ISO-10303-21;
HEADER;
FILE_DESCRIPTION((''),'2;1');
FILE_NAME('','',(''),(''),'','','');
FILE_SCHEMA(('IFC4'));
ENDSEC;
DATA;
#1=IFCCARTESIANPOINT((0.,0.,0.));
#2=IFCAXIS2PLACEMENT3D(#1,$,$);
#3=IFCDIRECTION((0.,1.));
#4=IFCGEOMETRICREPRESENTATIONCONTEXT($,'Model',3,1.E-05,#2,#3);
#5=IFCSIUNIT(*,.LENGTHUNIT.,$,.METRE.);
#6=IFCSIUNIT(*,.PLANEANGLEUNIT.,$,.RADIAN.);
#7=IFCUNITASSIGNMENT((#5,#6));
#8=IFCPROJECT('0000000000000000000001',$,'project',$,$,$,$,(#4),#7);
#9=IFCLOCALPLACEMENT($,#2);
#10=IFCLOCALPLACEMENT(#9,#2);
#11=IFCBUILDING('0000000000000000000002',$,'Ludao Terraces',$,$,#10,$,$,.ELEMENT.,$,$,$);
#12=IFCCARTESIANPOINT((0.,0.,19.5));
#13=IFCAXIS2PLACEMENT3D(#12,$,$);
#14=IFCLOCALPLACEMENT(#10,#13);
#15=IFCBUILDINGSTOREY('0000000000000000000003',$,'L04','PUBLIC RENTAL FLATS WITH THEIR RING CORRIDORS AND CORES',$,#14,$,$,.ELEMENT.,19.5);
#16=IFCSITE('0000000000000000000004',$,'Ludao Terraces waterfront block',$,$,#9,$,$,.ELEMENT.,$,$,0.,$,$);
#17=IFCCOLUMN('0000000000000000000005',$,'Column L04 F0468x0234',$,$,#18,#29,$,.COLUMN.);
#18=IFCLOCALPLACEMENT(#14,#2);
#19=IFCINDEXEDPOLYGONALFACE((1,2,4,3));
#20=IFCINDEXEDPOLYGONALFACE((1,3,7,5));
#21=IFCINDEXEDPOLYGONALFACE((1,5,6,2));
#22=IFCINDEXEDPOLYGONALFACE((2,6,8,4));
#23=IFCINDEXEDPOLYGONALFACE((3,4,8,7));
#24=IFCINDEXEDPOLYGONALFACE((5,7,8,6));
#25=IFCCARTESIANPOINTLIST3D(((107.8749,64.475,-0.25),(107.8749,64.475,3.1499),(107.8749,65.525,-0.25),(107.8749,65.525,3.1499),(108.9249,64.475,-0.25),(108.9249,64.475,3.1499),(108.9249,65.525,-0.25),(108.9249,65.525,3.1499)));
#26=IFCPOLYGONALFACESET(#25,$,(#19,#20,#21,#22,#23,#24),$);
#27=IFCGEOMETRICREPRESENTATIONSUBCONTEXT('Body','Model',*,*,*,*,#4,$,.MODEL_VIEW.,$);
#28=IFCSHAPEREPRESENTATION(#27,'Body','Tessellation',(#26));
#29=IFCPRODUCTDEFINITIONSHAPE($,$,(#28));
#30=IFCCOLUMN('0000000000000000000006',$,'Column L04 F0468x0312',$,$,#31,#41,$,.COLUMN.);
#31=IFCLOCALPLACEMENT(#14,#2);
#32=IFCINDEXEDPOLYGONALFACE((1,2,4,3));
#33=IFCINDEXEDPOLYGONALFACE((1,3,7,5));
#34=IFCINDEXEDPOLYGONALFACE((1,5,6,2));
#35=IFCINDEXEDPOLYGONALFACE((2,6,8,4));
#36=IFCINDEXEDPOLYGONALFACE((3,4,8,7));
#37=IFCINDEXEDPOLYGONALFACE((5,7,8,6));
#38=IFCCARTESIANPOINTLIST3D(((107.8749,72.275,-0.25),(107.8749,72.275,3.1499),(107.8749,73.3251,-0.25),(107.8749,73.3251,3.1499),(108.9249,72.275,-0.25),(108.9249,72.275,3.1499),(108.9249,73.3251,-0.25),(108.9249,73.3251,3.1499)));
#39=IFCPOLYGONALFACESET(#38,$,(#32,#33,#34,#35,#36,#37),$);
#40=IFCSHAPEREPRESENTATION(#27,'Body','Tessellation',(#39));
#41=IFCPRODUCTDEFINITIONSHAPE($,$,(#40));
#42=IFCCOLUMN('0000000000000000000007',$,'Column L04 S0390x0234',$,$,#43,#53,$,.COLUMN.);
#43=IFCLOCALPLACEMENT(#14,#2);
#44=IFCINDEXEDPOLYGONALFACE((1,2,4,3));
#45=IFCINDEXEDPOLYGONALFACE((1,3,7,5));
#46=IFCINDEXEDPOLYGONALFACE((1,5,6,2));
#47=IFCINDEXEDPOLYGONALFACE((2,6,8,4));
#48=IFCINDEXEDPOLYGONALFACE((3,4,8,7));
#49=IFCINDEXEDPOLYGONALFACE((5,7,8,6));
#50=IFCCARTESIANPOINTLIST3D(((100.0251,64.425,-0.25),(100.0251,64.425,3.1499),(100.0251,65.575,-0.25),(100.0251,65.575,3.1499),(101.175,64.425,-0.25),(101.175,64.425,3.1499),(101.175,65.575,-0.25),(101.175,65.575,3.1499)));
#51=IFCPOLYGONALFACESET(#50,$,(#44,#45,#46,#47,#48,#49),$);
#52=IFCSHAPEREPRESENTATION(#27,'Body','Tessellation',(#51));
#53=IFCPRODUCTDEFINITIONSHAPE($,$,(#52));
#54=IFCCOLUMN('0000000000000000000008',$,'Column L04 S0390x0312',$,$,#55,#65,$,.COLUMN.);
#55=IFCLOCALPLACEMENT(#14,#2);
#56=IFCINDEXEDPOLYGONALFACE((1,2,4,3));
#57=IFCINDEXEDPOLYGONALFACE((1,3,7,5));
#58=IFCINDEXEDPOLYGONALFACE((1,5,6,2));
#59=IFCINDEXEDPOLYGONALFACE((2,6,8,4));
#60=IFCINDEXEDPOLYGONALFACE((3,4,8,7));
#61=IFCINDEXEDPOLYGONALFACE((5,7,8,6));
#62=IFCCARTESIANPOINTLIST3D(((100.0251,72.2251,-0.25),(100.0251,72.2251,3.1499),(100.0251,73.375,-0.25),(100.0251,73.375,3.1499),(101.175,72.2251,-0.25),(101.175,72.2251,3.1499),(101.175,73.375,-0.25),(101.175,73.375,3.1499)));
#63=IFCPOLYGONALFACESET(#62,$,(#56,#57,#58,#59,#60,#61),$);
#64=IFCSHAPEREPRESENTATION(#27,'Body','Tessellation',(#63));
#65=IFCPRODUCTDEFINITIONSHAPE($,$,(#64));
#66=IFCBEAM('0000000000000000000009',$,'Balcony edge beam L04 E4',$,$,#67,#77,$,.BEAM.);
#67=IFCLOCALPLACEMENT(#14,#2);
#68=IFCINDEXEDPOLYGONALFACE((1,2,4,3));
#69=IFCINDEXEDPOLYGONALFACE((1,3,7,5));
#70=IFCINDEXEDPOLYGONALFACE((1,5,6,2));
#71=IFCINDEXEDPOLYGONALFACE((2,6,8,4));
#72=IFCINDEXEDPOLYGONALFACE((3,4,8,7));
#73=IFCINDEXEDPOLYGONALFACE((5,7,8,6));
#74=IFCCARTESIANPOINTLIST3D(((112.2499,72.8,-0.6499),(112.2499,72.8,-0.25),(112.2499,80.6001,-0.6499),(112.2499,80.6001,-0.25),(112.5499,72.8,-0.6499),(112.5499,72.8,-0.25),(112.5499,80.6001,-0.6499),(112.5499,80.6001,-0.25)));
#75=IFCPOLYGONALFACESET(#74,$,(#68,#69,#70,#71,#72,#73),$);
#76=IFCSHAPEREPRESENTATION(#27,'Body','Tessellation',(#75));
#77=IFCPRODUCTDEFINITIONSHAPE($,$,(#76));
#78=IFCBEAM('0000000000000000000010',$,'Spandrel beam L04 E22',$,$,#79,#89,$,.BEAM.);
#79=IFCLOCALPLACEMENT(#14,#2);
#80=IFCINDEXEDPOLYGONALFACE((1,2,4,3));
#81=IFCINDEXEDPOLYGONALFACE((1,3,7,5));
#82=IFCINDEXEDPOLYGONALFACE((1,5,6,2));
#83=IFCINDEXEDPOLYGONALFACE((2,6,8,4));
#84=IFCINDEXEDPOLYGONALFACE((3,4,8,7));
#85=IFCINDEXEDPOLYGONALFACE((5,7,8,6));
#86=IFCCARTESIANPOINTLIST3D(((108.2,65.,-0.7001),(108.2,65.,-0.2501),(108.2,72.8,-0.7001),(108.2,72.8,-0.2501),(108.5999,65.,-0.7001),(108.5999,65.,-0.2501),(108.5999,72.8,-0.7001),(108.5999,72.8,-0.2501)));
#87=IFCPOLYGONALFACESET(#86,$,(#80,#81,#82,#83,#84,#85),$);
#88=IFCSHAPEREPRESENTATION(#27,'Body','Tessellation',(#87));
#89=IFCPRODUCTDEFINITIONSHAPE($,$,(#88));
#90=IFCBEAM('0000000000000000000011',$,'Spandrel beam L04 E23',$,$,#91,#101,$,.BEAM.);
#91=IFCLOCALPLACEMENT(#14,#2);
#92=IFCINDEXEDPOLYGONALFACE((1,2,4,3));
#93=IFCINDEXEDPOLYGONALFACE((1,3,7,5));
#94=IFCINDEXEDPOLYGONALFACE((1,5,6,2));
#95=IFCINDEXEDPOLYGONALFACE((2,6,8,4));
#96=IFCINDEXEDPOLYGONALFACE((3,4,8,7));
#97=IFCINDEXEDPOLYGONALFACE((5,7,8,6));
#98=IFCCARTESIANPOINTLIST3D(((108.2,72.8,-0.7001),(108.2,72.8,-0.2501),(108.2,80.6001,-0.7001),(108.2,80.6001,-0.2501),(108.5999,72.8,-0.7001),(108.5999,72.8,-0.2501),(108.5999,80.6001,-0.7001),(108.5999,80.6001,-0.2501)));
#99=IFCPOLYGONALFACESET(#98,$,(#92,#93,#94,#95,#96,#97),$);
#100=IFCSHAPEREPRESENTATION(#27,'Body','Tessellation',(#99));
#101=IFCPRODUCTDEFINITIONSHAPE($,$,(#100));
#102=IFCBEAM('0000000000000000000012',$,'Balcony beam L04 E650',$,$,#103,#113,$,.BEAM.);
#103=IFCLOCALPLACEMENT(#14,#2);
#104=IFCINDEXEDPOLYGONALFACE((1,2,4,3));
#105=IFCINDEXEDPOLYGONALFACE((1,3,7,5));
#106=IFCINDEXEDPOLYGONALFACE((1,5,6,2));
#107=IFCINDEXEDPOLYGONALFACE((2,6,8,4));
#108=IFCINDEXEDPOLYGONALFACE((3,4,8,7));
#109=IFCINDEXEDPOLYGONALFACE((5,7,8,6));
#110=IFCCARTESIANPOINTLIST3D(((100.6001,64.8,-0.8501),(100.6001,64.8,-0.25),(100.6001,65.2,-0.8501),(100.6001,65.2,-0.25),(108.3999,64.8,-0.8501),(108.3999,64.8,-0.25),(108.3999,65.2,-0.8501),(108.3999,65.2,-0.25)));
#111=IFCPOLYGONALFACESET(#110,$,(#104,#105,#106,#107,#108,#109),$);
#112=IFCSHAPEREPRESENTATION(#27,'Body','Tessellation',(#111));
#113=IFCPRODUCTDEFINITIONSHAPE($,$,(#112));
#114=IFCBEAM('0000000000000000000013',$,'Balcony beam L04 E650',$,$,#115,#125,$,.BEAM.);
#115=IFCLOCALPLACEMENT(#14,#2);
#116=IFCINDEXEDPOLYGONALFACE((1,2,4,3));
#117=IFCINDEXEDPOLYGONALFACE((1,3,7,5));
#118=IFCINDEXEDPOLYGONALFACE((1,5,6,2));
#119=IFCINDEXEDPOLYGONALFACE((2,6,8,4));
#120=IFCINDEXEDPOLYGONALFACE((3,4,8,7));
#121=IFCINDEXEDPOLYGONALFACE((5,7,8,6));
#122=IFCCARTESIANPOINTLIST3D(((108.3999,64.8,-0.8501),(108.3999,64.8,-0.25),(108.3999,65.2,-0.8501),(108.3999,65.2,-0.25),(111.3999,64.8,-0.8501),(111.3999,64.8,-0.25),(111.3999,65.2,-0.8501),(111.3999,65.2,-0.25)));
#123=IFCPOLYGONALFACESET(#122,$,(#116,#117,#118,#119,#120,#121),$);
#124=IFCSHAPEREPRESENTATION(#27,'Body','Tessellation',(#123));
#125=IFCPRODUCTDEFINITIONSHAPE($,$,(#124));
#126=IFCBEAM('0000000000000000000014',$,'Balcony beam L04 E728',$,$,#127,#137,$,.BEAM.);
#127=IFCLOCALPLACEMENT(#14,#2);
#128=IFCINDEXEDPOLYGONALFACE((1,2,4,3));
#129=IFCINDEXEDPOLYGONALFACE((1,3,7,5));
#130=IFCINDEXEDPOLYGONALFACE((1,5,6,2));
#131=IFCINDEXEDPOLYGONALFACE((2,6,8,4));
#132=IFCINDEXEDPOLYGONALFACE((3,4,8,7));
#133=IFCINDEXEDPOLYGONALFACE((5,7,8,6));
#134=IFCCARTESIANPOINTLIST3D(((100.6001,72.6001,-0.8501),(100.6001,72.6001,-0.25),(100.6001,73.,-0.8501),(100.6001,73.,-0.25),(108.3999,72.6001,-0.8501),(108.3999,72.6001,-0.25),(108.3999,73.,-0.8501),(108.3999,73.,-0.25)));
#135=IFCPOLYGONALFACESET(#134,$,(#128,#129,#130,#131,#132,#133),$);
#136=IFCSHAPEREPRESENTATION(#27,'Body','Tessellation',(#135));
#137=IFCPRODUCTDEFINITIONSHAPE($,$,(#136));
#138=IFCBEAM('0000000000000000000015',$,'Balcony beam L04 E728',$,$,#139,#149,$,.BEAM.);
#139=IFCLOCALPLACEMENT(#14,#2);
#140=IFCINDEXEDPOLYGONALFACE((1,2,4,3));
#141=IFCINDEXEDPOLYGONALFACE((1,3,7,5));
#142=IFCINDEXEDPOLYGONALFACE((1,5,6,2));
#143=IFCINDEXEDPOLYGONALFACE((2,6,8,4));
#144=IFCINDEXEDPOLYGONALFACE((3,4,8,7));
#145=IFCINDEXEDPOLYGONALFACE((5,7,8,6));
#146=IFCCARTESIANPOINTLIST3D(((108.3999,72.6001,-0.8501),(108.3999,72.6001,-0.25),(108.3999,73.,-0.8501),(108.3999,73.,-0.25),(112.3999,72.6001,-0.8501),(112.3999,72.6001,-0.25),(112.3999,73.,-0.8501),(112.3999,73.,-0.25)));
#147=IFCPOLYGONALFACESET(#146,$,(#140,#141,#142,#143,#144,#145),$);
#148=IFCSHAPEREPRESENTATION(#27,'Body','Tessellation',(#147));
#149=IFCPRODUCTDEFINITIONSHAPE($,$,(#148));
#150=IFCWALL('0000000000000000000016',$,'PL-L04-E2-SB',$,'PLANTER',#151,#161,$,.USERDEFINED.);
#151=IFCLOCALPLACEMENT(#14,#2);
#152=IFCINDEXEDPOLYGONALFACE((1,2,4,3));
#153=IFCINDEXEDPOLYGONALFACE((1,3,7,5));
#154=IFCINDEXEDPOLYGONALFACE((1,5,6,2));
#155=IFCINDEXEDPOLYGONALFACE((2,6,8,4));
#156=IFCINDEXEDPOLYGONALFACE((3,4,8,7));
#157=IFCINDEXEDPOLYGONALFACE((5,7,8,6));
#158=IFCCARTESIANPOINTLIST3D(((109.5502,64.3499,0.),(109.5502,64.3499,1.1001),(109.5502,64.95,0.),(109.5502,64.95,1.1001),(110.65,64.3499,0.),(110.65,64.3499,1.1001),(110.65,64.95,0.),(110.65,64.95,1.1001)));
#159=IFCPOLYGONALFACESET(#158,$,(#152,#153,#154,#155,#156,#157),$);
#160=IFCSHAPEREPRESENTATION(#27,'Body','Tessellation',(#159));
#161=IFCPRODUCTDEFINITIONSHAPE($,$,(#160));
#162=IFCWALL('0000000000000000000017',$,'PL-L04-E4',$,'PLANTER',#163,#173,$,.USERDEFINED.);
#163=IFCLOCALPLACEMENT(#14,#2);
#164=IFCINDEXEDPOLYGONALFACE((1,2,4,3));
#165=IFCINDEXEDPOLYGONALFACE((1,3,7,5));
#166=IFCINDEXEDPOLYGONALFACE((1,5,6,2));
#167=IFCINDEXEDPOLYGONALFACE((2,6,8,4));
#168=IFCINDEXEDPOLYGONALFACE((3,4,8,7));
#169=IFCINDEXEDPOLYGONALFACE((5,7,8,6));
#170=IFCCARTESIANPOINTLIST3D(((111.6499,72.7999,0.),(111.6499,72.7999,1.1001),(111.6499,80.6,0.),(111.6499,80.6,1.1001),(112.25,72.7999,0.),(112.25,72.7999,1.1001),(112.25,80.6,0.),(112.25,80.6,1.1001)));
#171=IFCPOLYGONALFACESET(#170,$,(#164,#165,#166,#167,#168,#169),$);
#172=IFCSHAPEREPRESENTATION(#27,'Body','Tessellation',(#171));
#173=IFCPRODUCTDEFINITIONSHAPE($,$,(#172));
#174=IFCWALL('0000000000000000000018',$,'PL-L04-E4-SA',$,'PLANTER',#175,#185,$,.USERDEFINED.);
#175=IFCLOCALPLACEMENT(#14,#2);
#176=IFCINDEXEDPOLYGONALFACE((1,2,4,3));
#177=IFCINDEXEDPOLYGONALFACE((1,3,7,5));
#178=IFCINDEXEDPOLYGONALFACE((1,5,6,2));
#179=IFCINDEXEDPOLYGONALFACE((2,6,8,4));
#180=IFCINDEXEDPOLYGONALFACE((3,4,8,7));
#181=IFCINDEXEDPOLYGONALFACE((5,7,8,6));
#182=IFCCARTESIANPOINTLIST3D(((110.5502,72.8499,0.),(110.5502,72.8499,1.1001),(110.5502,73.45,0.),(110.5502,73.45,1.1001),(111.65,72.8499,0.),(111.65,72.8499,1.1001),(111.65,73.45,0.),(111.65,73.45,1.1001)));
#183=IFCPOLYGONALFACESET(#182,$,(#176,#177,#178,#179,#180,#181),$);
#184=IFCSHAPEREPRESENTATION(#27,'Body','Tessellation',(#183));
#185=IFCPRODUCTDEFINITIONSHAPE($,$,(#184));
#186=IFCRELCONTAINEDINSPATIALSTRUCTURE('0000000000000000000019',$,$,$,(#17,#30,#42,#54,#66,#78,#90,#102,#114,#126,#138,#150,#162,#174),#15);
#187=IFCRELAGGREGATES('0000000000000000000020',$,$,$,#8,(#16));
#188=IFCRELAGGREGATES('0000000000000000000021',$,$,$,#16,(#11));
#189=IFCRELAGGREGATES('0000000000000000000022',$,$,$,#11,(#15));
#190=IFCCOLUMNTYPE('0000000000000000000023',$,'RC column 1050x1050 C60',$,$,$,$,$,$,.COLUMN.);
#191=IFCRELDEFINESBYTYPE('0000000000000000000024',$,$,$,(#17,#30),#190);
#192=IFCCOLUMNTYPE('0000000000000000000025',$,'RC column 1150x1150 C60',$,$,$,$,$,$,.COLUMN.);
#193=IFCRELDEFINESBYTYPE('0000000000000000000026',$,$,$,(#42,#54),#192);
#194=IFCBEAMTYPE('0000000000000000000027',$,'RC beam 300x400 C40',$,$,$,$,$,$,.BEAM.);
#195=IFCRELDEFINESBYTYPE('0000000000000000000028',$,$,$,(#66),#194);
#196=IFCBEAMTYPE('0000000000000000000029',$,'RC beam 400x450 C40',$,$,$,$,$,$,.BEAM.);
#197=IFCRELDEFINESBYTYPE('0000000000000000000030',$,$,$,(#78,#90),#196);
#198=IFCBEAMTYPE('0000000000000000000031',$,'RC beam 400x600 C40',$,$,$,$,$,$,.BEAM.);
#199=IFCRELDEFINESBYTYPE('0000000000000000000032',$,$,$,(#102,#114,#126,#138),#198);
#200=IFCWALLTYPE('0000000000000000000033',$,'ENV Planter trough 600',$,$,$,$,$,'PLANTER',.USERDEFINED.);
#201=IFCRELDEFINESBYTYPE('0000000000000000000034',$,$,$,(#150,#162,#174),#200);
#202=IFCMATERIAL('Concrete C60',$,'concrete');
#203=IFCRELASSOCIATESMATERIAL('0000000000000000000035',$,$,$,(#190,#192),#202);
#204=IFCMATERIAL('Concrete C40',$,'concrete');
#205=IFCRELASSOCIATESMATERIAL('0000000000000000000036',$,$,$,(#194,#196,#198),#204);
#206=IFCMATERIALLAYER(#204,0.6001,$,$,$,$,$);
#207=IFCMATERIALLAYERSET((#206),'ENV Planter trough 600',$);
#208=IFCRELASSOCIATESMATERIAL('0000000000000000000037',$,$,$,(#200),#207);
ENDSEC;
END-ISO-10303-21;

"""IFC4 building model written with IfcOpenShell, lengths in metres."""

from ifc_helpers import new_model, si_unit, direction, frame, frame_2d, origin, origin_2d, place, context, subcontext, project, spatial, rectangle, extrude, material, layer, layer_set, material_profile, profile_set, type_object, element, save


model = new_model("IFC4")

# Units and contexts
model_context = context("Model", 3, precision=1e-05, world=origin(), true_north=direction((0.0, 1.0)))
body_context = subcontext(model_context, "Body", "Model", "MODEL_VIEW")
ifc_project = project(units=[si_unit("LENGTHUNIT", "METRE"), si_unit("PLANEANGLEUNIT", "RADIAN")], contexts=[model_context])

# Site, building, storey
site_placement = place(None, origin())
site = spatial("IfcSite", under=ifc_project, at=site_placement, Name="Ludao Terraces waterfront block", CompositionType="ELEMENT", RefElevation=0.0)
building_placement = place(site_placement, origin())
building = spatial("IfcBuilding", under=site, at=building_placement, Name="Ludao Terraces", CompositionType="ELEMENT")
storey_placement = place(building_placement, frame((0.0, 0.0, 19.5)))
storey = spatial("IfcBuildingStorey", under=building, at=storey_placement, Name="L04", Description="PUBLIC RENTAL FLATS WITH THEIR RING CORRIDORS AND CORES", CompositionType="ELEMENT", Elevation=19.5)

# Columns
ifc_material_1 = material(Name="Concrete C60", Category="concrete")
ifc_material_profile_1 = material_profile(ifc_material_1, rectangle(XDim=1.05, YDim=1.05, at=origin_2d()), Name="1050 X 1050")
ifc_profile_set_1 = profile_set([ifc_material_profile_1], Name="Concrete C60")
column_type_1 = type_object("IfcColumnType", Name="RC column 1050x1050 C60", PredefinedType="COLUMN", material=ifc_profile_set_1)
for number, where, z_axis, x_axis, name in (
    (1, (108.3999, 65.0, -0.25), (0.0, 0.0, 1.0), (1.0, 0.0, 0.0), "Column L04 F0468x0234"),
    (2, (108.3999, 72.8, -0.25), (0.0, 0.0, 1.0), (1.0, 0.0, 0.0), "Column L04 F0468x0312"),
):
    element("IfcColumn", number, at=place(storey_placement, frame(where, z_axis=z_axis, x_axis=x_axis)), inside=storey, type_object=column_type_1, Name=name, PredefinedType="COLUMN", context=body_context, shape_type="SweptSolid", body=[
        extrude(rectangle(XDim=1.05, YDim=1.05, at=origin_2d()), origin(), (0.0, 0.0, 1.0), 3.3999),
    ])
ifc_material_profile_2 = material_profile(ifc_material_1, rectangle(XDim=1.1499, YDim=1.1499, at=origin_2d()), Name="1150 X 1150")
ifc_profile_set_2 = profile_set([ifc_material_profile_2], Name="Concrete C60")
column_type_2 = type_object("IfcColumnType", Name="RC column 1150x1150 C60", PredefinedType="COLUMN", material=ifc_profile_set_2)
for number, where, z_axis, x_axis, name in (
    (3, (100.6001, 65.0, -0.25), (0.0, 0.0, 1.0), (1.0, 0.0, 0.0), "Column L04 S0390x0234"),
    (4, (100.6001, 72.8, -0.25), (0.0, 0.0, 1.0), (1.0, 0.0, 0.0), "Column L04 S0390x0312"),
):
    element("IfcColumn", number, at=place(storey_placement, frame(where, z_axis=z_axis, x_axis=x_axis)), inside=storey, type_object=column_type_2, Name=name, PredefinedType="COLUMN", context=body_context, shape_type="SweptSolid", body=[
        extrude(rectangle(XDim=1.1499, YDim=1.1499, at=origin_2d()), origin(), (0.0, 0.0, 1.0), 3.3999),
    ])

# Beams
ifc_material_2 = material(Name="Concrete C40", Category="concrete")
ifc_material_profile_3 = material_profile(ifc_material_2, rectangle(XDim=0.3, YDim=0.3999, at=origin_2d()), Name="300 X 400")
ifc_profile_set_3 = profile_set([ifc_material_profile_3], Name="Concrete C40")
beam_type_1 = type_object("IfcBeamType", Name="RC beam 300x400 C40", PredefinedType="BEAM", material=ifc_profile_set_3)
beam_1_placement = place(storey_placement, frame((112.3999, 72.8, -0.45), z_axis=(0.0, 1.0, 0.0), x_axis=(-1.0, 0.0, 0.0)))
element("IfcBeam", 5, at=beam_1_placement, inside=storey, type_object=beam_type_1, Name="Balcony edge beam L04 E4", PredefinedType="BEAM", context=body_context, shape_type="SweptSolid", body=[
    extrude(rectangle(XDim=0.3, YDim=0.3999, at=origin_2d()), origin(), (0.0, 0.0, 1.0), 7.8),
])
ifc_material_profile_4 = material_profile(ifc_material_2, rectangle(XDim=0.3999, YDim=0.45, at=origin_2d()), Name="400 X 450")
ifc_profile_set_4 = profile_set([ifc_material_profile_4], Name="Concrete C40")
beam_type_2 = type_object("IfcBeamType", Name="RC beam 400x450 C40", PredefinedType="BEAM", material=ifc_profile_set_4)
for number, where, z_axis, x_axis, name in (
    (6, (108.3999, 65.0, -0.4751), (0.0, 1.0, 0.0), (-1.0, 0.0, 0.0), "Spandrel beam L04 E22"),
    (7, (108.3999, 72.8, -0.4751), (0.0, 1.0, 0.0), (-1.0, 0.0, 0.0), "Spandrel beam L04 E23"),
):
    element("IfcBeam", number, at=place(storey_placement, frame(where, z_axis=z_axis, x_axis=x_axis)), inside=storey, type_object=beam_type_2, Name=name, PredefinedType="BEAM", context=body_context, shape_type="SweptSolid", body=[
        extrude(rectangle(XDim=0.3999, YDim=0.45, at=origin_2d()), origin(), (0.0, 0.0, 1.0), 7.8),
    ])
ifc_material_profile_5 = material_profile(ifc_material_2, rectangle(XDim=0.3999, YDim=0.6001, at=origin_2d()), Name="400 X 600")
ifc_profile_set_5 = profile_set([ifc_material_profile_5], Name="Concrete C40")
beam_type_3 = type_object("IfcBeamType", Name="RC beam 400x600 C40", PredefinedType="BEAM", material=ifc_profile_set_5)
beam_2_placement = place(storey_placement, frame((100.6001, 65.0, -0.55), z_axis=(1.0, 0.0, 0.0), x_axis=(0.0, 1.0, 0.0)))
element("IfcBeam", 8, at=beam_2_placement, inside=storey, type_object=beam_type_3, Name="Balcony beam L04 E650", PredefinedType="BEAM", context=body_context, shape_type="SweptSolid", body=[
    extrude(rectangle(XDim=0.3999, YDim=0.6001, at=origin_2d()), origin(), (0.0, 0.0, 1.0), 7.7998),
])
beam_3_placement = place(storey_placement, frame((108.3999, 65.0, -0.55), z_axis=(1.0, 0.0, 0.0), x_axis=(0.0, 1.0, 0.0)))
element("IfcBeam", 9, at=beam_3_placement, inside=storey, type_object=beam_type_3, Name="Balcony beam L04 E650", PredefinedType="BEAM", context=body_context, shape_type="SweptSolid", body=[
    extrude(rectangle(XDim=0.3999, YDim=0.6001, at=origin_2d()), origin(), (0.0, 0.0, 1.0), 3.0),
])
beam_4_placement = place(storey_placement, frame((100.6001, 72.8, -0.55), z_axis=(1.0, 0.0, 0.0), x_axis=(0.0, 1.0, 0.0)))
element("IfcBeam", 10, at=beam_4_placement, inside=storey, type_object=beam_type_3, Name="Balcony beam L04 E728", PredefinedType="BEAM", context=body_context, shape_type="SweptSolid", body=[
    extrude(rectangle(XDim=0.3999, YDim=0.6001, at=origin_2d()), origin(), (0.0, 0.0, 1.0), 7.7998),
])
beam_5_placement = place(storey_placement, frame((108.3999, 72.8, -0.55), z_axis=(1.0, 0.0, 0.0), x_axis=(0.0, 1.0, 0.0)))
element("IfcBeam", 11, at=beam_5_placement, inside=storey, type_object=beam_type_3, Name="Balcony beam L04 E728", PredefinedType="BEAM", context=body_context, shape_type="SweptSolid", body=[
    extrude(rectangle(XDim=0.3999, YDim=0.6001, at=origin_2d()), origin(), (0.0, 0.0, 1.0), 4.0),
])

# Walls
ifc_layer_1 = layer(ifc_material_2, 0.6001)
ifc_layer_set_1 = layer_set([ifc_layer_1], Name="ENV Planter trough 600")
wall_type_1 = type_object("IfcWallType", Name="ENV Planter trough 600", ElementType="PLANTER", PredefinedType="USERDEFINED", material=ifc_layer_set_1)
wall_1_placement = place(storey_placement, frame((110.6499, 64.6499, 0.0), z_axis=(0.0, 0.0, 1.0), x_axis=(-1.0, 0.0, 0.0)))
element("IfcWall", 12, at=wall_1_placement, inside=storey, type_object=wall_type_1, Name="PL-L04-E2-SB", ObjectType="PLANTER", PredefinedType="USERDEFINED", context=body_context, shape_type="SweptSolid", body=[
    extrude(rectangle(XDim=1.0999, YDim=0.6001, at=frame_2d((0.5498, 0.0))), origin(), (0.0, 0.0, 1.0), 1.1001),
])
wall_2_placement = place(storey_placement, frame((111.95, 72.8, 0.0), z_axis=(0.0, 0.0, 1.0), x_axis=(0.0, 1.0, 0.0)))
element("IfcWall", 13, at=wall_2_placement, inside=storey, type_object=wall_type_1, Name="PL-L04-E4", ObjectType="PLANTER", PredefinedType="USERDEFINED", context=body_context, shape_type="SweptSolid", body=[
    extrude(rectangle(XDim=7.8, YDim=0.6001, at=frame_2d((3.8999, 0.0))), origin(), (0.0, 0.0, 1.0), 1.1001),
])
wall_3_placement = place(storey_placement, frame((111.6499, 73.1499, 0.0), z_axis=(0.0, 0.0, 1.0), x_axis=(-1.0, 0.0, 0.0)))
element("IfcWall", 14, at=wall_3_placement, inside=storey, type_object=wall_type_1, Name="PL-L04-E4-SA", ObjectType="PLANTER", PredefinedType="USERDEFINED", context=body_context, shape_type="SweptSolid", body=[
    extrude(rectangle(XDim=1.0999, YDim=0.6001, at=frame_2d((0.5498, 0.0))), origin(), (0.0, 0.0, 1.0), 1.1001),
])

save(model, "model.ifc")
